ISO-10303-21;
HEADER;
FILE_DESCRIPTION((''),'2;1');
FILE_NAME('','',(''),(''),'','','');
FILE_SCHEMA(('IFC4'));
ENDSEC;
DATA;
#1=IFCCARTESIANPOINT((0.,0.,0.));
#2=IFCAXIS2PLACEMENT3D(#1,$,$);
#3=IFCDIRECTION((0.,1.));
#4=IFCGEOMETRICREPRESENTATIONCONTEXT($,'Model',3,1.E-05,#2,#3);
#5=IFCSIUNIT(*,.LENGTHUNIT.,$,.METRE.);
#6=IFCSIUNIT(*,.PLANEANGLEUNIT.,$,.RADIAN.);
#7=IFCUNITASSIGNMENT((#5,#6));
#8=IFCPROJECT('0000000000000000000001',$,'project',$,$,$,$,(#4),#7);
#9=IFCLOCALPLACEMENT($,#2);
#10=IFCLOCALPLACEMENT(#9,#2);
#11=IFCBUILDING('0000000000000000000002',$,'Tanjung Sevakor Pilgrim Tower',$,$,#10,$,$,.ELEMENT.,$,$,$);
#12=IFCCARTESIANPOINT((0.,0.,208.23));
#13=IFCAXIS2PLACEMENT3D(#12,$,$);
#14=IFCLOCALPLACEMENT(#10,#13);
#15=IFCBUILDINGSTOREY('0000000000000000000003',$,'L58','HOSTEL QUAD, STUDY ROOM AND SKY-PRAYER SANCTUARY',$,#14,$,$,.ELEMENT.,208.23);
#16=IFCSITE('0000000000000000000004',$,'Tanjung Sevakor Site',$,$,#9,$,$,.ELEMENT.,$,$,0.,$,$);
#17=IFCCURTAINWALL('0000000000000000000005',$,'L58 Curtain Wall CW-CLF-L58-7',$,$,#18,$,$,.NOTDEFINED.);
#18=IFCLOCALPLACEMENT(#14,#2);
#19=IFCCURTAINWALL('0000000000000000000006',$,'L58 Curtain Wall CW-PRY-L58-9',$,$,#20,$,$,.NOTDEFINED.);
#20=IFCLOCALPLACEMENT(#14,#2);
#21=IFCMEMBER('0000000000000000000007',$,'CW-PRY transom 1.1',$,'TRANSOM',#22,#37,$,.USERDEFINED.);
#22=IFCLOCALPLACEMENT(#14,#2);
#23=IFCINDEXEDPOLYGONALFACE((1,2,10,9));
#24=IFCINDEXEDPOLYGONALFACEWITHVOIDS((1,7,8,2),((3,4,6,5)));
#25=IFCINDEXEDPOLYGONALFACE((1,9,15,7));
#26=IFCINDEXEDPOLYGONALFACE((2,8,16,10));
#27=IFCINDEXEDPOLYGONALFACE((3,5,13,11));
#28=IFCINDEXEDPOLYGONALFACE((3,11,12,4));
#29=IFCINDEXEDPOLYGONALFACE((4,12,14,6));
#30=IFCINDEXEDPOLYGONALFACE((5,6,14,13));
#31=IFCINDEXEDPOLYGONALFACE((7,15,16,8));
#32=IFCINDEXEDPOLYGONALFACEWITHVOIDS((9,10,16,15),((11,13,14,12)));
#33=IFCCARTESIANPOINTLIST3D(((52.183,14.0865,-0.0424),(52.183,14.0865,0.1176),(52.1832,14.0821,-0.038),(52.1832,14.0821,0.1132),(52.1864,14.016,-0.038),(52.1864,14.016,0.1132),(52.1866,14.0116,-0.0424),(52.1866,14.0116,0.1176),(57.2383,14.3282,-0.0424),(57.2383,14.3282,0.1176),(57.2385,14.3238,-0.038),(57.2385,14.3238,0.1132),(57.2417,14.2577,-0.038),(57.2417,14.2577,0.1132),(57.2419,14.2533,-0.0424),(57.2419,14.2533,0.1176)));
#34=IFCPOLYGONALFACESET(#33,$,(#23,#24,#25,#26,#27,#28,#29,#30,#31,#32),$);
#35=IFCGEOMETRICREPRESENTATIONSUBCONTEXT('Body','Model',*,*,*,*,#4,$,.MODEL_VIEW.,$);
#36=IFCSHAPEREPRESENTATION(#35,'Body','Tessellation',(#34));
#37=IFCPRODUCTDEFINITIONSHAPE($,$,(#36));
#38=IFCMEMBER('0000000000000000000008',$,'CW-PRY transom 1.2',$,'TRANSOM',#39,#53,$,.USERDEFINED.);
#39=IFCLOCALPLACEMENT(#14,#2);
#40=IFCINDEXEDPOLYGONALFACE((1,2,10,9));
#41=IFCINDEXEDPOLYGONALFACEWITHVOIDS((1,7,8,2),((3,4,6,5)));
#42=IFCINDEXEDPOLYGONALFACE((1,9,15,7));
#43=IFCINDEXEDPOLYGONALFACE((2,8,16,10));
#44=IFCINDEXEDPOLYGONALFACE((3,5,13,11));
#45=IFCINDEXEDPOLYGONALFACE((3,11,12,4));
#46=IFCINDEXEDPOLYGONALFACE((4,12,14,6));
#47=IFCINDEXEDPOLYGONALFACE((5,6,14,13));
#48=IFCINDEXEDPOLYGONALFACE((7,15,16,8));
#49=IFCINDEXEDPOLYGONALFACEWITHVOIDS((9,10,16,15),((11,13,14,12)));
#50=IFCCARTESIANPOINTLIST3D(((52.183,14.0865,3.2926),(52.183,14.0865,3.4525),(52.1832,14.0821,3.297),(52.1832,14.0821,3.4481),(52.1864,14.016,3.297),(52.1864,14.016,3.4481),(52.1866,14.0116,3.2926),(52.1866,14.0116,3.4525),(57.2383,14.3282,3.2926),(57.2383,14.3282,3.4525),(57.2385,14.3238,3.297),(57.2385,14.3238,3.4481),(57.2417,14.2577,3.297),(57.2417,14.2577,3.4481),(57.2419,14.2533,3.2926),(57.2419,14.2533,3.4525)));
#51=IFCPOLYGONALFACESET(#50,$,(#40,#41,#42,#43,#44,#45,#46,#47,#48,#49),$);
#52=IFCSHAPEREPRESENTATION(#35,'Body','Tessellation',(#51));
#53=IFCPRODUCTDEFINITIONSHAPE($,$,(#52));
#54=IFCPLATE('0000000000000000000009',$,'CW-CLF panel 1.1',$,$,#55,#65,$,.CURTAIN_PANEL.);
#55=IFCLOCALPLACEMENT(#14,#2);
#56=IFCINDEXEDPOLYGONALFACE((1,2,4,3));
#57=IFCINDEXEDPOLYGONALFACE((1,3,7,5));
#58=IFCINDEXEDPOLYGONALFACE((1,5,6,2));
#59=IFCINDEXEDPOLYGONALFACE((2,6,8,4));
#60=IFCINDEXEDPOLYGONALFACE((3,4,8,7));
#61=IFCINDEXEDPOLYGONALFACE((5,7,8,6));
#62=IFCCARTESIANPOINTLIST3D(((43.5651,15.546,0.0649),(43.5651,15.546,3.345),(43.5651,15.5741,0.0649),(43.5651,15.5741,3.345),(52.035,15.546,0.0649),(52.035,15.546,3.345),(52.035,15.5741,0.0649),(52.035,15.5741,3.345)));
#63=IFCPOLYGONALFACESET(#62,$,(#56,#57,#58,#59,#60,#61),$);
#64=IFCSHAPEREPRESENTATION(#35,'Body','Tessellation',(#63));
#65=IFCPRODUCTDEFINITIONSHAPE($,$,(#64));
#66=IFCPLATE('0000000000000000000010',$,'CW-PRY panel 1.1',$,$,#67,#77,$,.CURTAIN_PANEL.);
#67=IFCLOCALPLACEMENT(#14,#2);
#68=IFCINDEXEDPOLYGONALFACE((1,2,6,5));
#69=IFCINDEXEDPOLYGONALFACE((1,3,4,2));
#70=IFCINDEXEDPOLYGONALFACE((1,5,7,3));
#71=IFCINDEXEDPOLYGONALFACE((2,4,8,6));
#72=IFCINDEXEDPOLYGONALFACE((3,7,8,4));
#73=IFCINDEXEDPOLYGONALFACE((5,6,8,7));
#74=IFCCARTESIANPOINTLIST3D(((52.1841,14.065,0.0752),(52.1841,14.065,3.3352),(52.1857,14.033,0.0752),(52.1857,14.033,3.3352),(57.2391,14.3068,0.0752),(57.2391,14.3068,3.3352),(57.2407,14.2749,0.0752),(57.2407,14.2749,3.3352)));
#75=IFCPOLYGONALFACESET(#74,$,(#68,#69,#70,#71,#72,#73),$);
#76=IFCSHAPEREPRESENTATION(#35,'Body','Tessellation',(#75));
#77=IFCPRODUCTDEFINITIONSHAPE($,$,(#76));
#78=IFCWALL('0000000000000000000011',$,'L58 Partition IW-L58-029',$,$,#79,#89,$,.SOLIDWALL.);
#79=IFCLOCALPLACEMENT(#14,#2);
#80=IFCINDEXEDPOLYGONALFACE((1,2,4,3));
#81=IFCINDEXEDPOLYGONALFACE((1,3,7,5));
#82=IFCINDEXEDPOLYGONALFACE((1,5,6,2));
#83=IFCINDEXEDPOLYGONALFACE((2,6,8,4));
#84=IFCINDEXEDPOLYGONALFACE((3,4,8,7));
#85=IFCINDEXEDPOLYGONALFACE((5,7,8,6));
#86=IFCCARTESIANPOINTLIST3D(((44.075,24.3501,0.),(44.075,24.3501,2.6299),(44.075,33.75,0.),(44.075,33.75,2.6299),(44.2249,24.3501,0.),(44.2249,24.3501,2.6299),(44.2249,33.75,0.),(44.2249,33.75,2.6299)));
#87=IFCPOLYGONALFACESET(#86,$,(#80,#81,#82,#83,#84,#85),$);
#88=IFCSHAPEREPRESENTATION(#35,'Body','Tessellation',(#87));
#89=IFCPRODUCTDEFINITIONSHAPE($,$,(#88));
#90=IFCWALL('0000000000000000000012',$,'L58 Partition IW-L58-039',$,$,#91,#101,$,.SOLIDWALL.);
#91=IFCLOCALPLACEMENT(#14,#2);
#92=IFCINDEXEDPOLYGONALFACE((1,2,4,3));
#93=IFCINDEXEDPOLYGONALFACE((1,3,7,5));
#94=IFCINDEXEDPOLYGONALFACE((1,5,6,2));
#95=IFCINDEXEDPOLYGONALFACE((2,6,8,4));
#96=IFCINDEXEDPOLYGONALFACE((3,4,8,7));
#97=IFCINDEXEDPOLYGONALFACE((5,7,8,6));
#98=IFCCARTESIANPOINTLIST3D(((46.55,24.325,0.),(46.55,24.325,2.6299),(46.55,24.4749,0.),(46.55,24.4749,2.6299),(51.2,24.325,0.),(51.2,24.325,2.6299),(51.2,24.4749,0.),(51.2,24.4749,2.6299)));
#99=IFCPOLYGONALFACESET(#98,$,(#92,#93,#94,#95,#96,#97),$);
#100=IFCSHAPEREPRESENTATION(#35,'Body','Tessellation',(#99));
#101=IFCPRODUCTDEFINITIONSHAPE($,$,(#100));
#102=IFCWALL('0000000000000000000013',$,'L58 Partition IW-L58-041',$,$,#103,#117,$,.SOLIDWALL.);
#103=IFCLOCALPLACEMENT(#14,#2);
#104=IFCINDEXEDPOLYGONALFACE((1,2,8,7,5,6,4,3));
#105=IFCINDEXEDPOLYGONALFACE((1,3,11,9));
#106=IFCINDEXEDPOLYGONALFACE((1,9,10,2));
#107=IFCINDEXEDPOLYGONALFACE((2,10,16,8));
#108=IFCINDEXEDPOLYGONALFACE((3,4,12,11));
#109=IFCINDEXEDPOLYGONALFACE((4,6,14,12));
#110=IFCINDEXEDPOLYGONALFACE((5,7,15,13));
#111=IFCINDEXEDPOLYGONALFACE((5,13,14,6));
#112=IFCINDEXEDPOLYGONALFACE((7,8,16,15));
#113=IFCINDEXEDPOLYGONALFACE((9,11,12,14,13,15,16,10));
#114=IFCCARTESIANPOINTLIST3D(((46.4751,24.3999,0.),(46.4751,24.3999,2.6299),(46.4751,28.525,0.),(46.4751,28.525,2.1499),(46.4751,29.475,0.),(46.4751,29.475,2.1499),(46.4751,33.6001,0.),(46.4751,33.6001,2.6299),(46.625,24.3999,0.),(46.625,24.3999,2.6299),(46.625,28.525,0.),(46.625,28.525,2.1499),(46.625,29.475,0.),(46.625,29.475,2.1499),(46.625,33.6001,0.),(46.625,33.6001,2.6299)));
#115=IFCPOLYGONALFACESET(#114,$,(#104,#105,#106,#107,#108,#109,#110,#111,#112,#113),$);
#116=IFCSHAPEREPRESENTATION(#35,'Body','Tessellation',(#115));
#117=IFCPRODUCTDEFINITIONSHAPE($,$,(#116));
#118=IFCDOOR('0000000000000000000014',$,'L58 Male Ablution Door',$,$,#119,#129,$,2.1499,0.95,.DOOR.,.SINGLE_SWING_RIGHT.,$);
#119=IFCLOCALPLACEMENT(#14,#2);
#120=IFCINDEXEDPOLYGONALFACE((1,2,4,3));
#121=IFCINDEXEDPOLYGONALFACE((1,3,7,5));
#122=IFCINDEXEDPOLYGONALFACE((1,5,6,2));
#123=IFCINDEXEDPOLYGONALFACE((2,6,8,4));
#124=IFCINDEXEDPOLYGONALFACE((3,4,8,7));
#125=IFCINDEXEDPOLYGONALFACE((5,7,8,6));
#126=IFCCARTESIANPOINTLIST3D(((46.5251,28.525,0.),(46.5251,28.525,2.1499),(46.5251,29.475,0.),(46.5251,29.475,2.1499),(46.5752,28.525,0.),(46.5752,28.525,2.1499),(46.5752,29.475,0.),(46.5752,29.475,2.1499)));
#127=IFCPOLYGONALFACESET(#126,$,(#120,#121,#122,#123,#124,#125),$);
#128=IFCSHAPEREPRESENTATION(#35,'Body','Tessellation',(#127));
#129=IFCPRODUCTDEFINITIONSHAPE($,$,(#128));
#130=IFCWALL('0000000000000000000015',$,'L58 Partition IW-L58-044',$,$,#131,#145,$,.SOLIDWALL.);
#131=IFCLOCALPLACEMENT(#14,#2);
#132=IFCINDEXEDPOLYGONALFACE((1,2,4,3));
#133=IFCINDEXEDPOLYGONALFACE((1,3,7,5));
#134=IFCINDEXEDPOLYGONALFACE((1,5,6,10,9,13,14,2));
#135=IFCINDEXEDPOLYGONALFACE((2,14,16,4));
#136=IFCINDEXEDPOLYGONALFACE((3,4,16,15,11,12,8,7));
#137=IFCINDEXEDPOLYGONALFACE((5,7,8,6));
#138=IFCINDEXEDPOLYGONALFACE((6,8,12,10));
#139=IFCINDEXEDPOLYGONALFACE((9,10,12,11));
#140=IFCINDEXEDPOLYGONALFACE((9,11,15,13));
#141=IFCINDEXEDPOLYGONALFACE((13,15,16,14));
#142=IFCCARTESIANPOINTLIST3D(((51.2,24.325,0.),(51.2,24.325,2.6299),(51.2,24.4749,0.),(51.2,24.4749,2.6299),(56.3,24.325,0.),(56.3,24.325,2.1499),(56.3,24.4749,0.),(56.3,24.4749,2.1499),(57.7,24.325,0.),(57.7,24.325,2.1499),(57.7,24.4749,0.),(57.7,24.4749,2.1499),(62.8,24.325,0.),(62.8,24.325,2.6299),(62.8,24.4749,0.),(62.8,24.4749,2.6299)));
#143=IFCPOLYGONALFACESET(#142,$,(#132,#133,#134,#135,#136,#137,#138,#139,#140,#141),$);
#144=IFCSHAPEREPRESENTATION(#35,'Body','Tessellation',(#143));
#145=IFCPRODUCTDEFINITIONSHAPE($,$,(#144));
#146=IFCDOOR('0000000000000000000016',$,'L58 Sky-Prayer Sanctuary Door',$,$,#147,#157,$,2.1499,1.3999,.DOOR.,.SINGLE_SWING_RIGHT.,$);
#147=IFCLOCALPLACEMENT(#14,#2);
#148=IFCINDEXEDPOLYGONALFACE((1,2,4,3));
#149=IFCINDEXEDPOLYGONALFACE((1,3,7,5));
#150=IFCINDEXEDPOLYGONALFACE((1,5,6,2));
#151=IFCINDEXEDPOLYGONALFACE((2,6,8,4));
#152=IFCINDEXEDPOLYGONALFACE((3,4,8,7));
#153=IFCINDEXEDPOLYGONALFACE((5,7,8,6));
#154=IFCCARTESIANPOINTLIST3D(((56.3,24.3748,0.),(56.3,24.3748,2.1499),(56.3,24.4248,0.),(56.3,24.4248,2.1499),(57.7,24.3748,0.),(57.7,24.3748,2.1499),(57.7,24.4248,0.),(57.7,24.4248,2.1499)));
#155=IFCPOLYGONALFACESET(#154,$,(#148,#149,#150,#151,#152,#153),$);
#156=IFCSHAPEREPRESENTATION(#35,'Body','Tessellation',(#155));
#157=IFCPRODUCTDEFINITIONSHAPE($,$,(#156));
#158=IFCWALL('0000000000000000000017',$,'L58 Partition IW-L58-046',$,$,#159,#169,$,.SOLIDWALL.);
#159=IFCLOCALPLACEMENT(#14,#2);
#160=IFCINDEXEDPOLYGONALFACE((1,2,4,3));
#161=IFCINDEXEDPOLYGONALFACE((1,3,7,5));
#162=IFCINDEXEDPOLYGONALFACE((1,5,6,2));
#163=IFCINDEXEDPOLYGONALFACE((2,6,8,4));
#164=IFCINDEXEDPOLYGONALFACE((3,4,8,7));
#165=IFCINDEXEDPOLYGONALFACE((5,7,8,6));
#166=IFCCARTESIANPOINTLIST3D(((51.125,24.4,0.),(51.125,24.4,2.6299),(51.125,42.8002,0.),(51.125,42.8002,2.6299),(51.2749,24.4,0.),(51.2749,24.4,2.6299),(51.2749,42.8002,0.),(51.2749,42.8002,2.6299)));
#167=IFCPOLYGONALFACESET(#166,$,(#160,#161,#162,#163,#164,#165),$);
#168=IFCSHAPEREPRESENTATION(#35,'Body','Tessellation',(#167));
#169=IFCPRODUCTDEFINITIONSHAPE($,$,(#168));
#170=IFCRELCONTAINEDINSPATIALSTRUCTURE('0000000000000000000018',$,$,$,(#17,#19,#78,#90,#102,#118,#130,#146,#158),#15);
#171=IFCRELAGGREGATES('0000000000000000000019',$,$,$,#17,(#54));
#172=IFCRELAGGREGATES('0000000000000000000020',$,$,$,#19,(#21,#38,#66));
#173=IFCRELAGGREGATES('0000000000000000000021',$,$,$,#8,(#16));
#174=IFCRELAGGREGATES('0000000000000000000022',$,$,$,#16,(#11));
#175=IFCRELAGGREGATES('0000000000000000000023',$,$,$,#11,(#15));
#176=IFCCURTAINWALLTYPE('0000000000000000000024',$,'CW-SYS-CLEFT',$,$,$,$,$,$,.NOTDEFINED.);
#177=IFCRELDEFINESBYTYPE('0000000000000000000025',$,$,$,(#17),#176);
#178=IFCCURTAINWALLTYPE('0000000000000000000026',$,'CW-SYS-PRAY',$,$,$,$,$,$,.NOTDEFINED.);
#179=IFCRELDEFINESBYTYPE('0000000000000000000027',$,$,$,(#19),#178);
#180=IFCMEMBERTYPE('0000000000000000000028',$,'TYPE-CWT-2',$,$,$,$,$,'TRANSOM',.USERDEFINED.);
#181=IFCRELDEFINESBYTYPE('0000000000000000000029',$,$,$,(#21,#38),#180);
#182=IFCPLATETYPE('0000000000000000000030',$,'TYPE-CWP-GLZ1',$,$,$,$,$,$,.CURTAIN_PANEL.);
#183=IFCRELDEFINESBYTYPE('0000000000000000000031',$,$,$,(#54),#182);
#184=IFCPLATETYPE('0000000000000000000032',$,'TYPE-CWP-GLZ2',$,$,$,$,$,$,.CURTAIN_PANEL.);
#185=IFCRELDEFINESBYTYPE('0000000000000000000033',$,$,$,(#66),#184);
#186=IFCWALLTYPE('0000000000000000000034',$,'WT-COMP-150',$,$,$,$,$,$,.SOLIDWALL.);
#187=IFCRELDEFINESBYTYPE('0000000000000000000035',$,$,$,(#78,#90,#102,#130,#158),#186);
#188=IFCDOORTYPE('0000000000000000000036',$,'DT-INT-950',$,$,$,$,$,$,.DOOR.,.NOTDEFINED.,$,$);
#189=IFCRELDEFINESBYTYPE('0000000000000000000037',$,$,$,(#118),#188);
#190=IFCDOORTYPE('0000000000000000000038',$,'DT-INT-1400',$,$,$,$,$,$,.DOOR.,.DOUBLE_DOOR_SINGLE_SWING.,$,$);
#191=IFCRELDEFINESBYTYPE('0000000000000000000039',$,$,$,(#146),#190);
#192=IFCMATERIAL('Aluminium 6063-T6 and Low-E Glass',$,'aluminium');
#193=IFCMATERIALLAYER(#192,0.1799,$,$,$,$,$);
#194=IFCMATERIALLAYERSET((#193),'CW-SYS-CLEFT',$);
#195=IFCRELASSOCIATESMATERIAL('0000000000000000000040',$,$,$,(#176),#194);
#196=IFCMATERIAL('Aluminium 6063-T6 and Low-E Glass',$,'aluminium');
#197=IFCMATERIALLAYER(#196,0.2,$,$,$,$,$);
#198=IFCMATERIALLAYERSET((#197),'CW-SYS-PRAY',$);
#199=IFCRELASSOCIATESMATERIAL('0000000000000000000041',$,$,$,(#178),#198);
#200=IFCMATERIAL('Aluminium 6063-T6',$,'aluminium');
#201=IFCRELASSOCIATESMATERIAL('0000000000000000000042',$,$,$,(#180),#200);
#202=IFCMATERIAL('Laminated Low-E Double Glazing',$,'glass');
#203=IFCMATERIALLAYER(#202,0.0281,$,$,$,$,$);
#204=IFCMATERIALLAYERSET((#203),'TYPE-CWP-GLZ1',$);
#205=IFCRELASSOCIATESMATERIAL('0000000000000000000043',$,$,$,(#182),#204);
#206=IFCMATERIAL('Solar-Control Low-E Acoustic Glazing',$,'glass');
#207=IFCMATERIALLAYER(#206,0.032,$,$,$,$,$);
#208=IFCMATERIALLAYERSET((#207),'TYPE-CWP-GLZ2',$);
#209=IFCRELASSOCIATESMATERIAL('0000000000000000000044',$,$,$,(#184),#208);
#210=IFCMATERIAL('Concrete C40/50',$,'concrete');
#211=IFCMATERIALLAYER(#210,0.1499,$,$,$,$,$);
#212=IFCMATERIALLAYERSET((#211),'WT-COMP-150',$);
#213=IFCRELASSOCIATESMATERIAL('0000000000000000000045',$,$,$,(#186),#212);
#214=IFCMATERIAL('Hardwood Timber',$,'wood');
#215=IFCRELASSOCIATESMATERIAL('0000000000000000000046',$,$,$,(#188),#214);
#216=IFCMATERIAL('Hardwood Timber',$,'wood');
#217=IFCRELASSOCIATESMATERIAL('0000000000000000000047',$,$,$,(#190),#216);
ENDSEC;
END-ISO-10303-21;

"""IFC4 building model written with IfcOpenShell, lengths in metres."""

from ifc_helpers import new_model, si_unit, direction, frame, frame_2d, origin, origin_2d, place, context, subcontext, project, spatial, rectangle, hollow_rectangle, extrude, material, layer, layer_set, material_profile, profile_set, type_object, element, fill, aggregate, save


model = new_model("IFC4")

# Units and contexts
model_context = context("Model", 3, precision=1e-05, world=origin(), true_north=direction((0.0, 1.0)))
body_context = subcontext(model_context, "Body", "Model", "MODEL_VIEW")
ifc_project = project(units=[si_unit("LENGTHUNIT", "METRE"), si_unit("PLANEANGLEUNIT", "RADIAN")], contexts=[model_context])

# Site, building, storey
site_placement = place(None, origin())
site = spatial("IfcSite", under=ifc_project, at=site_placement, Name="Tanjung Sevakor Site", CompositionType="ELEMENT", RefElevation=0.0)
building_placement = place(site_placement, origin())
building = spatial("IfcBuilding", under=site, at=building_placement, Name="Tanjung Sevakor Pilgrim Tower", CompositionType="ELEMENT")
storey_placement = place(building_placement, frame((0.0, 0.0, 208.23)))
storey = spatial("IfcBuildingStorey", under=building, at=storey_placement, Name="L58", Description="HOSTEL QUAD, STUDY ROOM AND SKY-PRAYER SANCTUARY", CompositionType="ELEMENT", Elevation=208.23)

# Curtain walls
ifc_material_1 = material(Name="Aluminium 6063-T6 and Low-E Glass", Category="aluminium")
ifc_layer_1 = layer(ifc_material_1, 0.1799)
ifc_layer_set_1 = layer_set([ifc_layer_1], Name="CW-SYS-CLEFT")
curtain_wall_type_1 = type_object("IfcCurtainWallType", Name="CW-SYS-CLEFT", PredefinedType="NOTDEFINED", material=ifc_layer_set_1)
curtain_wall_1_placement = place(storey_placement, origin())
curtain_wall_1 = element("IfcCurtainWall", 1, at=curtain_wall_1_placement, inside=storey, type_object=curtain_wall_type_1, Name="L58 Curtain Wall CW-CLF-L58-7", PredefinedType="NOTDEFINED")
ifc_material_2 = material(Name="Aluminium 6063-T6 and Low-E Glass", Category="aluminium")
ifc_layer_2 = layer(ifc_material_2, 0.2)
ifc_layer_set_2 = layer_set([ifc_layer_2], Name="CW-SYS-PRAY")
curtain_wall_type_2 = type_object("IfcCurtainWallType", Name="CW-SYS-PRAY", PredefinedType="NOTDEFINED", material=ifc_layer_set_2)
curtain_wall_2_placement = place(storey_placement, origin())
curtain_wall_2 = element("IfcCurtainWall", 2, at=curtain_wall_2_placement, inside=storey, type_object=curtain_wall_type_2, Name="L58 Curtain Wall CW-PRY-L58-9", PredefinedType="NOTDEFINED")

# Members
ifc_material_3 = material(Name="Aluminium 6063-T6", Category="aluminium")
ifc_material_profile_1 = material_profile(ifc_material_3, hollow_rectangle(XDim=0.075, YDim=0.1599, WallThickness=0.0044, at=origin_2d()))
ifc_profile_set_1 = profile_set([ifc_material_profile_1], Name="Aluminium 6063-T6")
member_type_1 = type_object("IfcMemberType", Name="TYPE-CWT-2", ElementType="TRANSOM", PredefinedType="USERDEFINED", material=ifc_profile_set_1)
member_1_placement = place(storey_placement, frame((52.1848, 14.0491, 0.0376), z_axis=(0.998859, 0.047758, 0.0), x_axis=(-0.047758, 0.998859, 0.0)))
member_1 = element("IfcMember", 3, at=member_1_placement, type_object=member_type_1, Name="CW-PRY transom 1.1", ObjectType="TRANSOM", PredefinedType="USERDEFINED", context=body_context, shape_type="SweptSolid", body=[
    extrude(hollow_rectangle(XDim=0.075, YDim=0.1599, WallThickness=0.0044, at=origin_2d()), origin(), (0.0, 0.0, 1.0), 5.061),
])
member_2_placement = place(storey_placement, frame((52.1848, 14.0491, 3.3726), z_axis=(0.998859, 0.047758, 0.0), x_axis=(-0.047758, 0.998859, 0.0)))
member_2 = element("IfcMember", 4, at=member_2_placement, type_object=member_type_1, Name="CW-PRY transom 1.2", ObjectType="TRANSOM", PredefinedType="USERDEFINED", context=body_context, shape_type="SweptSolid", body=[
    extrude(hollow_rectangle(XDim=0.075, YDim=0.1599, WallThickness=0.0044, at=origin_2d()), origin(), (0.0, 0.0, 1.0), 5.061),
])

# Plates
ifc_material_4 = material(Name="Laminated Low-E Double Glazing", Category="glass")
ifc_layer_3 = layer(ifc_material_4, 0.0281)
ifc_layer_set_3 = layer_set([ifc_layer_3], Name="TYPE-CWP-GLZ1")
plate_type_1 = type_object("IfcPlateType", Name="TYPE-CWP-GLZ1", PredefinedType="CURTAIN_PANEL", material=ifc_layer_set_3)
plate_1_placement = place(storey_placement, frame((47.8, 15.5601, 0.0649), z_axis=(0.0, 0.0, 1.0), x_axis=(1.0, 0.0, 0.0)))
plate_1 = element("IfcPlate", 5, at=plate_1_placement, type_object=plate_type_1, Name="CW-CLF panel 1.1", PredefinedType="CURTAIN_PANEL", context=body_context, shape_type="SweptSolid", body=[
    extrude(rectangle(XDim=8.47, YDim=0.0281, at=origin_2d()), origin(), (0.0, 0.0, 1.0), 3.28),
])
aggregate(curtain_wall_1, [plate_1])
ifc_material_5 = material(Name="Solar-Control Low-E Acoustic Glazing", Category="glass")
ifc_layer_4 = layer(ifc_material_5, 0.032)
ifc_layer_set_4 = layer_set([ifc_layer_4], Name="TYPE-CWP-GLZ2")
plate_type_2 = type_object("IfcPlateType", Name="TYPE-CWP-GLZ2", PredefinedType="CURTAIN_PANEL", material=ifc_layer_set_4)
plate_2_placement = place(storey_placement, frame((54.7124, 14.1699, 0.0752), z_axis=(0.0, 0.0, 1.0), x_axis=(0.998857, 0.047794, 0.0)))
plate_2 = element("IfcPlate", 6, at=plate_2_placement, type_object=plate_type_2, Name="CW-PRY panel 1.1", PredefinedType="CURTAIN_PANEL", context=body_context, shape_type="SweptSolid", body=[
    extrude(rectangle(XDim=5.0608, YDim=0.032, at=origin_2d()), origin(), (0.0, 0.0, 1.0), 3.26),
])
aggregate(curtain_wall_2, [member_1, member_2, plate_2])

# Walls
ifc_material_6 = material(Name="Concrete C40/50", Category="concrete")
ifc_layer_5 = layer(ifc_material_6, 0.1499)
ifc_layer_set_5 = layer_set([ifc_layer_5], Name="WT-COMP-150")
wall_type_1 = type_object("IfcWallType", Name="WT-COMP-150", PredefinedType="SOLIDWALL", material=ifc_layer_set_5)
wall_1_placement = place(storey_placement, frame((44.1499, 24.3501, 0.0), z_axis=(0.0, 0.0, 1.0), x_axis=(0.0, 1.0, 0.0)))
element("IfcWall", 7, at=wall_1_placement, inside=storey, type_object=wall_type_1, Name="L58 Partition IW-L58-029", PredefinedType="SOLIDWALL", context=body_context, shape_type="SweptSolid", body=[
    extrude(rectangle(XDim=9.3999, YDim=0.1499, at=frame_2d((4.7, 0.0))), origin(), (0.0, 0.0, 1.0), 2.6299),
])
wall_2_placement = place(storey_placement, frame((46.55, 24.3999, 0.0), z_axis=(0.0, 0.0, 1.0), x_axis=(1.0, 0.0, 0.0)))
element("IfcWall", 8, at=wall_2_placement, inside=storey, type_object=wall_type_1, Name="L58 Partition IW-L58-039", PredefinedType="SOLIDWALL", context=body_context, shape_type="SweptSolid", body=[
    extrude(rectangle(XDim=4.6499, YDim=0.1499, at=frame_2d((2.325, 0.0))), origin(), (0.0, 0.0, 1.0), 2.6299),
])

# Walls, openings, doors
wall_3_placement = place(storey_placement, frame((46.55, 24.3999, 0.0), z_axis=(0.0, 0.0, 1.0), x_axis=(0.0, 1.0, 0.0)))
wall_3 = element("IfcWall", 9, at=wall_3_placement, inside=storey, type_object=wall_type_1, Name="L58 Partition IW-L58-041", PredefinedType="SOLIDWALL", context=body_context, shape_type="SweptSolid", body=[
    extrude(rectangle(XDim=9.2002, YDim=0.1499, at=frame_2d((4.6001, 0.0))), origin(), (0.0, 0.0, 1.0), 2.6299),
])
opening_1_placement = place(wall_3_placement, frame((4.125, 0.0, 0.0)))
opening_1 = element("IfcOpeningElement", 10, at=opening_1_placement, cuts=wall_3, PredefinedType="OPENING", context=body_context, shape_type="SweptSolid", body=[
    extrude(rectangle(XDim=0.95, YDim=2.1499, at=frame_2d((0.4751, 1.075))), frame((0.0, 0.085, 0.0), z_axis=(0.0, -1.0, 0.0), x_axis=(1.0, 0.0, 0.0)), (0.0, 0.0, 1.0), 0.1699),
])
ifc_material_7 = material(Name="Hardwood Timber", Category="wood")
door_type_1 = type_object("IfcDoorType", Name="DT-INT-950", OperationType="NOTDEFINED", PredefinedType="DOOR", material=ifc_material_7)
door_1_placement = place(opening_1_placement, origin())
door_1 = element("IfcDoor", 11, at=door_1_placement, inside=storey, type_object=door_type_1, Name="L58 Male Ablution Door", OperationType="SINGLE_SWING_RIGHT", OverallHeight=2.1499, OverallWidth=0.95, PredefinedType="DOOR", context=body_context, shape_type="SweptSolid", body=[
    extrude(rectangle(XDim=0.95, YDim=2.1499, at=frame_2d((0.4751, 1.075))), frame((0.0, 0.0249, 0.0), z_axis=(0.0, -1.0, 0.0), x_axis=(1.0, 0.0, 0.0)), (0.0, 0.0, 1.0), 0.05),
])
fill(opening_1, door_1)
wall_4_placement = place(storey_placement, frame((51.2, 24.3999, 0.0), z_axis=(0.0, 0.0, 1.0), x_axis=(1.0, 0.0, 0.0)))
wall_4 = element("IfcWall", 12, at=wall_4_placement, inside=storey, type_object=wall_type_1, Name="L58 Partition IW-L58-044", PredefinedType="SOLIDWALL", context=body_context, shape_type="SweptSolid", body=[
    extrude(rectangle(XDim=11.6001, YDim=0.1499, at=frame_2d((5.8, 0.0))), origin(), (0.0, 0.0, 1.0), 2.6299),
])
opening_2_placement = place(wall_4_placement, frame((5.1001, 0.0, 0.0)))
opening_2 = element("IfcOpeningElement", 13, at=opening_2_placement, cuts=wall_4, PredefinedType="OPENING", context=body_context, shape_type="SweptSolid", body=[
    extrude(rectangle(XDim=1.3999, YDim=2.1499, at=frame_2d((0.7, 1.075))), frame((0.0, 0.085, 0.0), z_axis=(0.0, -1.0, 0.0), x_axis=(1.0, 0.0, 0.0)), (0.0, 0.0, 1.0), 0.1699),
])
ifc_material_8 = material(Name="Hardwood Timber", Category="wood")
door_type_2 = type_object("IfcDoorType", Name="DT-INT-1400", OperationType="DOUBLE_DOOR_SINGLE_SWING", PredefinedType="DOOR", material=ifc_material_8)
door_2_placement = place(opening_2_placement, origin())
door_2 = element("IfcDoor", 14, at=door_2_placement, inside=storey, type_object=door_type_2, Name="L58 Sky-Prayer Sanctuary Door", OperationType="SINGLE_SWING_RIGHT", OverallHeight=2.1499, OverallWidth=1.3999, PredefinedType="DOOR", context=body_context, shape_type="SweptSolid", body=[
    extrude(rectangle(XDim=1.3999, YDim=2.1499, at=frame_2d((0.7, 1.075))), frame((0.0, 0.0249, 0.0), z_axis=(0.0, -1.0, 0.0), x_axis=(1.0, 0.0, 0.0)), (0.0, 0.0, 1.0), 0.05),
])
fill(opening_2, door_2)

# Wall
wall_5_placement = place(storey_placement, frame((51.2, 24.3999, 0.0), z_axis=(0.0, 0.0, 1.0), x_axis=(0.0, 1.0, 0.0)))
element("IfcWall", 15, at=wall_5_placement, inside=storey, type_object=wall_type_1, Name="L58 Partition IW-L58-046", PredefinedType="SOLIDWALL", context=body_context, shape_type="SweptSolid", body=[
    extrude(rectangle(XDim=18.4001, YDim=0.1499, at=frame_2d((9.2002, 0.0))), origin(), (0.0, 0.0, 1.0), 2.6299),
])

save(model, "model.ifc")
